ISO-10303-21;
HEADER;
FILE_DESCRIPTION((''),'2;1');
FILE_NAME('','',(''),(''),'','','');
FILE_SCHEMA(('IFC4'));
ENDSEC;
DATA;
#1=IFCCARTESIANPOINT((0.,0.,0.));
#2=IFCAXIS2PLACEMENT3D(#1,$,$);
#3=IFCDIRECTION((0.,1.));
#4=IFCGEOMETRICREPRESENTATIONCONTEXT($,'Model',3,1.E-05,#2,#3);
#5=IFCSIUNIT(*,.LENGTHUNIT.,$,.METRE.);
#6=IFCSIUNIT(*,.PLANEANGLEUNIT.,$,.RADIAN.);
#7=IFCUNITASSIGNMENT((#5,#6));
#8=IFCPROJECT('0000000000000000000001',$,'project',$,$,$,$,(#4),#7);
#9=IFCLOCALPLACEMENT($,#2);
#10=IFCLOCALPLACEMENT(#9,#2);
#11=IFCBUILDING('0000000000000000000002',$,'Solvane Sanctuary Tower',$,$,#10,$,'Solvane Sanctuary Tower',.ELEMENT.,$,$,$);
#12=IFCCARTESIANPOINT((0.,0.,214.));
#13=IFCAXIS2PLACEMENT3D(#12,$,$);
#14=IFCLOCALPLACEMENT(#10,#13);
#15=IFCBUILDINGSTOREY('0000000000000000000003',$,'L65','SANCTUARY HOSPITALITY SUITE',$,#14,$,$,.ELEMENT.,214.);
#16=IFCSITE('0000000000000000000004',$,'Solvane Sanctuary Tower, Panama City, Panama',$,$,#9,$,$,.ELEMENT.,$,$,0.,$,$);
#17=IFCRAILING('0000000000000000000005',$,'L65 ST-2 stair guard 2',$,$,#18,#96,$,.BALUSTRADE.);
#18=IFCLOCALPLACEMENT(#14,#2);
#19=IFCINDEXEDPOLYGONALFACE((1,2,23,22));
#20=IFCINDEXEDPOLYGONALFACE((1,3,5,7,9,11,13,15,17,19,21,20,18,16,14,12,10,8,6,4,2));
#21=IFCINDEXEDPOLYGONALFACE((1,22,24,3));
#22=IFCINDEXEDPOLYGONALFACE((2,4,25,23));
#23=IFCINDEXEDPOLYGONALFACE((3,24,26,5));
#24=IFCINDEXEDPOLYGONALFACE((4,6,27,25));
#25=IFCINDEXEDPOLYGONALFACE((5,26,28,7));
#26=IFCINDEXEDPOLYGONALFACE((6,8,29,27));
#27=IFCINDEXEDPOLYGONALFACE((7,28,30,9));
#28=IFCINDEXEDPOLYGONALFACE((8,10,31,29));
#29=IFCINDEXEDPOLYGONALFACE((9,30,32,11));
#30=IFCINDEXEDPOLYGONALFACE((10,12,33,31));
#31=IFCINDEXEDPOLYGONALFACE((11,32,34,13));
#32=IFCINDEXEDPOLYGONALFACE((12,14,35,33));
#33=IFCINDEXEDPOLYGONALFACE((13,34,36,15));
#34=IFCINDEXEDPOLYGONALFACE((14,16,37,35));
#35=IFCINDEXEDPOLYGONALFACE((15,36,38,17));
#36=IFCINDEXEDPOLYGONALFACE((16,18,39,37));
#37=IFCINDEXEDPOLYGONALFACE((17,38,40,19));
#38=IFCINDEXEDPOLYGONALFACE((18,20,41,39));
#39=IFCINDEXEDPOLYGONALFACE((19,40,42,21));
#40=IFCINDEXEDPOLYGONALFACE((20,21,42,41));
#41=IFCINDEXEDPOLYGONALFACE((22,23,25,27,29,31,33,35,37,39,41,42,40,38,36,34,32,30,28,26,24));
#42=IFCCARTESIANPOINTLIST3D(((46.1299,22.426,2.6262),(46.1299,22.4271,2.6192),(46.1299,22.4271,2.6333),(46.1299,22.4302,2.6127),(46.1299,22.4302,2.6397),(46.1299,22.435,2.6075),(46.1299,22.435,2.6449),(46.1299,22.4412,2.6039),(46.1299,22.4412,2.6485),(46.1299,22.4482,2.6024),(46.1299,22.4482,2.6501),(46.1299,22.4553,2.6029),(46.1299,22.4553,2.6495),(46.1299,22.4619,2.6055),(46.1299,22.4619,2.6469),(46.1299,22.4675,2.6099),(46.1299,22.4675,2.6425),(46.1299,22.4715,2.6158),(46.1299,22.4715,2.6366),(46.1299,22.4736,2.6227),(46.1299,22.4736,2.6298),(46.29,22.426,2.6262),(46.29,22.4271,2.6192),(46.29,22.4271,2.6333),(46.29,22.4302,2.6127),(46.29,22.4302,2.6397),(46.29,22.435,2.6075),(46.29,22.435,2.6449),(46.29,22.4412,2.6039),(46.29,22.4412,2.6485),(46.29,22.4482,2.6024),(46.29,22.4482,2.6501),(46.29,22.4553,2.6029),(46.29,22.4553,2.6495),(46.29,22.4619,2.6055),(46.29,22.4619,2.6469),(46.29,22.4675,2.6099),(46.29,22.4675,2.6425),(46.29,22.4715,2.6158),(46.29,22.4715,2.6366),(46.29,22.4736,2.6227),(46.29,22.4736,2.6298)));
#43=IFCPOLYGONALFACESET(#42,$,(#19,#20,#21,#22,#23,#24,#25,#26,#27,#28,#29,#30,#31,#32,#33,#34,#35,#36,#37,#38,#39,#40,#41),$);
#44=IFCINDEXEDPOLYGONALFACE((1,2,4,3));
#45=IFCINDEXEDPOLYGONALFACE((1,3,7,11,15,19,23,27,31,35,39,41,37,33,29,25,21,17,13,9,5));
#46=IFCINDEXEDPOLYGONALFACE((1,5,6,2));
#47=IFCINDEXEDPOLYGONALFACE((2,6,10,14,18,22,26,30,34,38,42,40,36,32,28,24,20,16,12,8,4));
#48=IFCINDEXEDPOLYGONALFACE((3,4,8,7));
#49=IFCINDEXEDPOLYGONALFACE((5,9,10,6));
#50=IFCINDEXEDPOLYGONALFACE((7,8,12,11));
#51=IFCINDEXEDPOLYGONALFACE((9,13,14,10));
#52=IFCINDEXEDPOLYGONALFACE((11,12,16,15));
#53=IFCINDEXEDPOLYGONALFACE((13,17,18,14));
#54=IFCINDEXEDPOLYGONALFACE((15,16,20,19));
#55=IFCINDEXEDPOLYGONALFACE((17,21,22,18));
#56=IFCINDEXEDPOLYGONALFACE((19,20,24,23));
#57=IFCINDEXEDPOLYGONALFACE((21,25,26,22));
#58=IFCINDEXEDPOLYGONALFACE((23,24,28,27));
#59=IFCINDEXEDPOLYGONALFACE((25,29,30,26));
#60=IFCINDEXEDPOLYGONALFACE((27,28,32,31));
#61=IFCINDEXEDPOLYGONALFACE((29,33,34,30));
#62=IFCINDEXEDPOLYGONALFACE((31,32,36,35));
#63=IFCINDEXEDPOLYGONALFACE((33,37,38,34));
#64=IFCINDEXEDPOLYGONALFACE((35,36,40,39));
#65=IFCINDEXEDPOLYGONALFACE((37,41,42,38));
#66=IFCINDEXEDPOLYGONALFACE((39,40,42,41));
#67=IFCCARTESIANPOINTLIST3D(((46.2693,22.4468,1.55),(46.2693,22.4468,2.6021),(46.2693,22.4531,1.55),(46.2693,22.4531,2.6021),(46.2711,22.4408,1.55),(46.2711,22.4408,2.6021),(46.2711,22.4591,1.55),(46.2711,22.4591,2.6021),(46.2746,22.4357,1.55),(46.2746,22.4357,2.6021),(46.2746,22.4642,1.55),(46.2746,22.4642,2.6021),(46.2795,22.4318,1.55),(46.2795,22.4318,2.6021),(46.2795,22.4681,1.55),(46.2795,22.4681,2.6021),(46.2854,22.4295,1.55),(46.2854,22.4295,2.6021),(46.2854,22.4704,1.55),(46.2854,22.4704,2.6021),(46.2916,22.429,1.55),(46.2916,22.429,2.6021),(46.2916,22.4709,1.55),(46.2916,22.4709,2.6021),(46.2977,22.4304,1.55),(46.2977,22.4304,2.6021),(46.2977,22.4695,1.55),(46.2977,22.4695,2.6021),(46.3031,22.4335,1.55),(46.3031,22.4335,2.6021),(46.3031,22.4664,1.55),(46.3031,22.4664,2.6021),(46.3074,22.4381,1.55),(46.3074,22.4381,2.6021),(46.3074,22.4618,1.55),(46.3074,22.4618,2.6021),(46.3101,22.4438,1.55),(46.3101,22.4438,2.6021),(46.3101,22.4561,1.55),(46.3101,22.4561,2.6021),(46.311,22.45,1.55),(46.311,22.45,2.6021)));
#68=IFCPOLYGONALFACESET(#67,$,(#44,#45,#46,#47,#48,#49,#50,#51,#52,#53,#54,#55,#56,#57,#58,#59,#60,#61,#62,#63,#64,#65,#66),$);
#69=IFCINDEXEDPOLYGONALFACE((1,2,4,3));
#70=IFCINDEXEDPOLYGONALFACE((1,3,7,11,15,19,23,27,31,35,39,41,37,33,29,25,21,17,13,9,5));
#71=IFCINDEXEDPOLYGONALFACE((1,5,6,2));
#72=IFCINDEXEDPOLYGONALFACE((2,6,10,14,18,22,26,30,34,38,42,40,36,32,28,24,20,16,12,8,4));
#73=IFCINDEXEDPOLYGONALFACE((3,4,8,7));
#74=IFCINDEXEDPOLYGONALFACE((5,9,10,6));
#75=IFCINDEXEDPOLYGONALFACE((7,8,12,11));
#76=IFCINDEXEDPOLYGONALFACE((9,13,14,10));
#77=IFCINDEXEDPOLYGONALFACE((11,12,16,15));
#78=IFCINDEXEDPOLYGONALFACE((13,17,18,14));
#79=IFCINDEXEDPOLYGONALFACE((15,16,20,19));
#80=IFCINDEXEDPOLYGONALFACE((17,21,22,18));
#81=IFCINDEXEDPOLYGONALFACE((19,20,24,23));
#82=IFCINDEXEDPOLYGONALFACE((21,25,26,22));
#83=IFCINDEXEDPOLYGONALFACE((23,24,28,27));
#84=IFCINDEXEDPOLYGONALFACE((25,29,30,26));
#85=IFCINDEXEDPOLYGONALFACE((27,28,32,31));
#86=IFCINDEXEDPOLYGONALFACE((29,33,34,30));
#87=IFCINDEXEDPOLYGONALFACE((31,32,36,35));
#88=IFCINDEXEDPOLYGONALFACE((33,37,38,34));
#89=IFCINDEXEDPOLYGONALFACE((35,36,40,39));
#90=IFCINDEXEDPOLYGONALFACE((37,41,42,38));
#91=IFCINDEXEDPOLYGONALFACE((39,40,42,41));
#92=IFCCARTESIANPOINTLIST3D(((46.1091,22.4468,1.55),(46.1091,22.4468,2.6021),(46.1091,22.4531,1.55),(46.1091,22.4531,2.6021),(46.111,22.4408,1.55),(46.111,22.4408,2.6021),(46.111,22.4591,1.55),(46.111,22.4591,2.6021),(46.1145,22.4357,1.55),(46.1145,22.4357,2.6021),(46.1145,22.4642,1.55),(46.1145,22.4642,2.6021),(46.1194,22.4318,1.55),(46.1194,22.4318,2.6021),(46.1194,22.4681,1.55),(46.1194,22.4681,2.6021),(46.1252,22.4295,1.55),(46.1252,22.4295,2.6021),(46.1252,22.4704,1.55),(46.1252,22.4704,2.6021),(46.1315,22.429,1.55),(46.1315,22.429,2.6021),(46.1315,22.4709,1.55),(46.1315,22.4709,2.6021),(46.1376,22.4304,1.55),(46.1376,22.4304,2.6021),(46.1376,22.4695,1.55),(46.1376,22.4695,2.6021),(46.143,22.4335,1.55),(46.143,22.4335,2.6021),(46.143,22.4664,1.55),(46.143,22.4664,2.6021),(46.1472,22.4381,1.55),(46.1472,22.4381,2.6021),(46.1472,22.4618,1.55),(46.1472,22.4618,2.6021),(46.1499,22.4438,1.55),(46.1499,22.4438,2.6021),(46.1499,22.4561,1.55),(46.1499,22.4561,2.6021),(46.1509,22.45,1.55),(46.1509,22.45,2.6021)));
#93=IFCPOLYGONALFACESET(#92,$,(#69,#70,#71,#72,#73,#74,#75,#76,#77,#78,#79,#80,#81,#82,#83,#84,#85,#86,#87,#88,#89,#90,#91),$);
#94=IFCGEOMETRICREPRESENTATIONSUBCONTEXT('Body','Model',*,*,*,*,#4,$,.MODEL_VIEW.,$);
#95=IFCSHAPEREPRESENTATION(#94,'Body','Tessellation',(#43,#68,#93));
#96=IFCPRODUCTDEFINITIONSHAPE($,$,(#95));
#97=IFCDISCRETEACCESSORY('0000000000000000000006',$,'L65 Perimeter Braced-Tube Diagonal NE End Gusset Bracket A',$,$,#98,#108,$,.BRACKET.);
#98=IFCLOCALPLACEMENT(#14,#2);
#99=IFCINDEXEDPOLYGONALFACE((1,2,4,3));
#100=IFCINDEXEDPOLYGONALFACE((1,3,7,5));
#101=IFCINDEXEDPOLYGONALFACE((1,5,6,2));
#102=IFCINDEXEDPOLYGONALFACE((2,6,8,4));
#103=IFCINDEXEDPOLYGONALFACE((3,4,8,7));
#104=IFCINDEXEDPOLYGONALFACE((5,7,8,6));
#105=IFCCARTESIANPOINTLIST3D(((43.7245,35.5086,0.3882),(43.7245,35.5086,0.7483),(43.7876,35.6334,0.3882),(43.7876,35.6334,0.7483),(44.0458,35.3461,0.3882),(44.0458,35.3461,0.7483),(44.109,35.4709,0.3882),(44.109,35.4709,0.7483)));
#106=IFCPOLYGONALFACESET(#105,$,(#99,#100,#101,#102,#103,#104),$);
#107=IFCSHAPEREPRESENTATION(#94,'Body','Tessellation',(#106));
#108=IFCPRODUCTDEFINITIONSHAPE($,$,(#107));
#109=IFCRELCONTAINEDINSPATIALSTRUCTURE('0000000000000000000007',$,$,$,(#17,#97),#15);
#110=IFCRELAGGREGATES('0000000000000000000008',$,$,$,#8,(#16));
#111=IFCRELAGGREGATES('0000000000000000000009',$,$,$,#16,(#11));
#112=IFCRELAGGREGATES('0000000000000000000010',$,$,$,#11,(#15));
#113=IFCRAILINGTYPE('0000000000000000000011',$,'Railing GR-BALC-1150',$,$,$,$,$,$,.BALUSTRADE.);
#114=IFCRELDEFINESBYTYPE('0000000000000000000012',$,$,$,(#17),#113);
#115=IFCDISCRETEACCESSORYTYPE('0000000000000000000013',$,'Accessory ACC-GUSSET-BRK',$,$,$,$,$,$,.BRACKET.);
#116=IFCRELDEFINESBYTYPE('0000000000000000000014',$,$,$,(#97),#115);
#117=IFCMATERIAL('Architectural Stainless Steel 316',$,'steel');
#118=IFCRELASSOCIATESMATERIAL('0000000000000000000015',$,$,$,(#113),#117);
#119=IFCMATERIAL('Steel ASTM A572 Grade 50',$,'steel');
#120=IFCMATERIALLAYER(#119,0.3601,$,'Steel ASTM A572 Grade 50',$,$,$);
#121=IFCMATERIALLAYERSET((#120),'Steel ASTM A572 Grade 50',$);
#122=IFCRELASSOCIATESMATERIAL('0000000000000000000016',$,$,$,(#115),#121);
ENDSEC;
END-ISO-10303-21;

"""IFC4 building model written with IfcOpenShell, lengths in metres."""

from ifc_helpers import new_model, si_unit, direction, frame, origin, origin_2d, place, context, subcontext, project, spatial, rectangle, circle, extrude, material, layer, layer_set, type_object, element, save


model = new_model("IFC4")

# Units and contexts
model_context = context("Model", 3, precision=1e-05, world=origin(), true_north=direction((0.0, 1.0)))
body_context = subcontext(model_context, "Body", "Model", "MODEL_VIEW")
ifc_project = project(units=[si_unit("LENGTHUNIT", "METRE"), si_unit("PLANEANGLEUNIT", "RADIAN")], contexts=[model_context])

# Site, building, storey
site_placement = place(None, origin())
site = spatial("IfcSite", under=ifc_project, at=site_placement, Name="Solvane Sanctuary Tower, Panama City, Panama", CompositionType="ELEMENT", RefElevation=0.0)
building_placement = place(site_placement, origin())
building = spatial("IfcBuilding", under=site, at=building_placement, Name="Solvane Sanctuary Tower", LongName="Solvane Sanctuary Tower", CompositionType="ELEMENT")
storey_placement = place(building_placement, frame((0.0, 0.0, 214.0)))
storey = spatial("IfcBuildingStorey", under=building, at=storey_placement, Name="L65", Description="SANCTUARY HOSPITALITY SUITE", CompositionType="ELEMENT", Elevation=214.0)

# Shared definitions
ifc_material_1 = material(Name="Architectural Stainless Steel 316", Category="steel")

# Railing
railing_type = type_object("IfcRailingType", Name="Railing GR-BALC-1150", PredefinedType="BALUSTRADE", material=ifc_material_1)
railing_placement = place(storey_placement, frame((46.29, 22.45, 1.55)))
element("IfcRailing", 1, at=railing_placement, inside=storey, type_object=railing_type, Name="L65 ST-2 stair guard 2", PredefinedType="BALUSTRADE", context=body_context, shape_type="SweptSolid", body=[
    extrude(circle(Radius=0.0239, at=origin_2d()), frame((0.0, 0.0, 1.0762), z_axis=(-1.0, 0.0, 0.0), x_axis=(0.0, -1.0, 0.0)), (0.0, 0.0, 1.0), 0.1602),
    extrude(circle(Radius=0.021, at=origin_2d()), origin(), (0.0, 0.0, 1.0), 1.052),
    extrude(circle(Radius=0.021, at=origin_2d()), frame((-0.1602, 0.0, 0.0)), (0.0, 0.0, 1.0), 1.052),
])

# Discrete accessory
ifc_material_2 = material(Name="Steel ASTM A572 Grade 50", Category="steel")
ifc_layer_1 = layer(ifc_material_2, 0.3601, Name="Steel ASTM A572 Grade 50")
ifc_layer_set_1 = layer_set([ifc_layer_1], Name="Steel ASTM A572 Grade 50")
discrete_accessory_type = type_object("IfcDiscreteAccessoryType", Name="Accessory ACC-GUSSET-BRK", PredefinedType="BRACKET", material=ifc_layer_set_1)
discrete_accessory_placement = place(storey_placement, frame((43.9167, 35.4897, 0.3882), z_axis=(0.0, 0.0, 1.0), x_axis=(0.89235, -0.451345, 0.0)))
element("IfcDiscreteAccessory", 2, at=discrete_accessory_placement, inside=storey, type_object=discrete_accessory_type, Name="L65 Perimeter Braced-Tube Diagonal NE End Gusset Bracket A", PredefinedType="BRACKET", context=body_context, shape_type="SweptSolid", body=[
    extrude(rectangle(XDim=0.3601, YDim=0.1399, at=origin_2d()), origin(), (0.0, 0.0, 1.0), 0.3601),
])

save(model, "model.ifc")
